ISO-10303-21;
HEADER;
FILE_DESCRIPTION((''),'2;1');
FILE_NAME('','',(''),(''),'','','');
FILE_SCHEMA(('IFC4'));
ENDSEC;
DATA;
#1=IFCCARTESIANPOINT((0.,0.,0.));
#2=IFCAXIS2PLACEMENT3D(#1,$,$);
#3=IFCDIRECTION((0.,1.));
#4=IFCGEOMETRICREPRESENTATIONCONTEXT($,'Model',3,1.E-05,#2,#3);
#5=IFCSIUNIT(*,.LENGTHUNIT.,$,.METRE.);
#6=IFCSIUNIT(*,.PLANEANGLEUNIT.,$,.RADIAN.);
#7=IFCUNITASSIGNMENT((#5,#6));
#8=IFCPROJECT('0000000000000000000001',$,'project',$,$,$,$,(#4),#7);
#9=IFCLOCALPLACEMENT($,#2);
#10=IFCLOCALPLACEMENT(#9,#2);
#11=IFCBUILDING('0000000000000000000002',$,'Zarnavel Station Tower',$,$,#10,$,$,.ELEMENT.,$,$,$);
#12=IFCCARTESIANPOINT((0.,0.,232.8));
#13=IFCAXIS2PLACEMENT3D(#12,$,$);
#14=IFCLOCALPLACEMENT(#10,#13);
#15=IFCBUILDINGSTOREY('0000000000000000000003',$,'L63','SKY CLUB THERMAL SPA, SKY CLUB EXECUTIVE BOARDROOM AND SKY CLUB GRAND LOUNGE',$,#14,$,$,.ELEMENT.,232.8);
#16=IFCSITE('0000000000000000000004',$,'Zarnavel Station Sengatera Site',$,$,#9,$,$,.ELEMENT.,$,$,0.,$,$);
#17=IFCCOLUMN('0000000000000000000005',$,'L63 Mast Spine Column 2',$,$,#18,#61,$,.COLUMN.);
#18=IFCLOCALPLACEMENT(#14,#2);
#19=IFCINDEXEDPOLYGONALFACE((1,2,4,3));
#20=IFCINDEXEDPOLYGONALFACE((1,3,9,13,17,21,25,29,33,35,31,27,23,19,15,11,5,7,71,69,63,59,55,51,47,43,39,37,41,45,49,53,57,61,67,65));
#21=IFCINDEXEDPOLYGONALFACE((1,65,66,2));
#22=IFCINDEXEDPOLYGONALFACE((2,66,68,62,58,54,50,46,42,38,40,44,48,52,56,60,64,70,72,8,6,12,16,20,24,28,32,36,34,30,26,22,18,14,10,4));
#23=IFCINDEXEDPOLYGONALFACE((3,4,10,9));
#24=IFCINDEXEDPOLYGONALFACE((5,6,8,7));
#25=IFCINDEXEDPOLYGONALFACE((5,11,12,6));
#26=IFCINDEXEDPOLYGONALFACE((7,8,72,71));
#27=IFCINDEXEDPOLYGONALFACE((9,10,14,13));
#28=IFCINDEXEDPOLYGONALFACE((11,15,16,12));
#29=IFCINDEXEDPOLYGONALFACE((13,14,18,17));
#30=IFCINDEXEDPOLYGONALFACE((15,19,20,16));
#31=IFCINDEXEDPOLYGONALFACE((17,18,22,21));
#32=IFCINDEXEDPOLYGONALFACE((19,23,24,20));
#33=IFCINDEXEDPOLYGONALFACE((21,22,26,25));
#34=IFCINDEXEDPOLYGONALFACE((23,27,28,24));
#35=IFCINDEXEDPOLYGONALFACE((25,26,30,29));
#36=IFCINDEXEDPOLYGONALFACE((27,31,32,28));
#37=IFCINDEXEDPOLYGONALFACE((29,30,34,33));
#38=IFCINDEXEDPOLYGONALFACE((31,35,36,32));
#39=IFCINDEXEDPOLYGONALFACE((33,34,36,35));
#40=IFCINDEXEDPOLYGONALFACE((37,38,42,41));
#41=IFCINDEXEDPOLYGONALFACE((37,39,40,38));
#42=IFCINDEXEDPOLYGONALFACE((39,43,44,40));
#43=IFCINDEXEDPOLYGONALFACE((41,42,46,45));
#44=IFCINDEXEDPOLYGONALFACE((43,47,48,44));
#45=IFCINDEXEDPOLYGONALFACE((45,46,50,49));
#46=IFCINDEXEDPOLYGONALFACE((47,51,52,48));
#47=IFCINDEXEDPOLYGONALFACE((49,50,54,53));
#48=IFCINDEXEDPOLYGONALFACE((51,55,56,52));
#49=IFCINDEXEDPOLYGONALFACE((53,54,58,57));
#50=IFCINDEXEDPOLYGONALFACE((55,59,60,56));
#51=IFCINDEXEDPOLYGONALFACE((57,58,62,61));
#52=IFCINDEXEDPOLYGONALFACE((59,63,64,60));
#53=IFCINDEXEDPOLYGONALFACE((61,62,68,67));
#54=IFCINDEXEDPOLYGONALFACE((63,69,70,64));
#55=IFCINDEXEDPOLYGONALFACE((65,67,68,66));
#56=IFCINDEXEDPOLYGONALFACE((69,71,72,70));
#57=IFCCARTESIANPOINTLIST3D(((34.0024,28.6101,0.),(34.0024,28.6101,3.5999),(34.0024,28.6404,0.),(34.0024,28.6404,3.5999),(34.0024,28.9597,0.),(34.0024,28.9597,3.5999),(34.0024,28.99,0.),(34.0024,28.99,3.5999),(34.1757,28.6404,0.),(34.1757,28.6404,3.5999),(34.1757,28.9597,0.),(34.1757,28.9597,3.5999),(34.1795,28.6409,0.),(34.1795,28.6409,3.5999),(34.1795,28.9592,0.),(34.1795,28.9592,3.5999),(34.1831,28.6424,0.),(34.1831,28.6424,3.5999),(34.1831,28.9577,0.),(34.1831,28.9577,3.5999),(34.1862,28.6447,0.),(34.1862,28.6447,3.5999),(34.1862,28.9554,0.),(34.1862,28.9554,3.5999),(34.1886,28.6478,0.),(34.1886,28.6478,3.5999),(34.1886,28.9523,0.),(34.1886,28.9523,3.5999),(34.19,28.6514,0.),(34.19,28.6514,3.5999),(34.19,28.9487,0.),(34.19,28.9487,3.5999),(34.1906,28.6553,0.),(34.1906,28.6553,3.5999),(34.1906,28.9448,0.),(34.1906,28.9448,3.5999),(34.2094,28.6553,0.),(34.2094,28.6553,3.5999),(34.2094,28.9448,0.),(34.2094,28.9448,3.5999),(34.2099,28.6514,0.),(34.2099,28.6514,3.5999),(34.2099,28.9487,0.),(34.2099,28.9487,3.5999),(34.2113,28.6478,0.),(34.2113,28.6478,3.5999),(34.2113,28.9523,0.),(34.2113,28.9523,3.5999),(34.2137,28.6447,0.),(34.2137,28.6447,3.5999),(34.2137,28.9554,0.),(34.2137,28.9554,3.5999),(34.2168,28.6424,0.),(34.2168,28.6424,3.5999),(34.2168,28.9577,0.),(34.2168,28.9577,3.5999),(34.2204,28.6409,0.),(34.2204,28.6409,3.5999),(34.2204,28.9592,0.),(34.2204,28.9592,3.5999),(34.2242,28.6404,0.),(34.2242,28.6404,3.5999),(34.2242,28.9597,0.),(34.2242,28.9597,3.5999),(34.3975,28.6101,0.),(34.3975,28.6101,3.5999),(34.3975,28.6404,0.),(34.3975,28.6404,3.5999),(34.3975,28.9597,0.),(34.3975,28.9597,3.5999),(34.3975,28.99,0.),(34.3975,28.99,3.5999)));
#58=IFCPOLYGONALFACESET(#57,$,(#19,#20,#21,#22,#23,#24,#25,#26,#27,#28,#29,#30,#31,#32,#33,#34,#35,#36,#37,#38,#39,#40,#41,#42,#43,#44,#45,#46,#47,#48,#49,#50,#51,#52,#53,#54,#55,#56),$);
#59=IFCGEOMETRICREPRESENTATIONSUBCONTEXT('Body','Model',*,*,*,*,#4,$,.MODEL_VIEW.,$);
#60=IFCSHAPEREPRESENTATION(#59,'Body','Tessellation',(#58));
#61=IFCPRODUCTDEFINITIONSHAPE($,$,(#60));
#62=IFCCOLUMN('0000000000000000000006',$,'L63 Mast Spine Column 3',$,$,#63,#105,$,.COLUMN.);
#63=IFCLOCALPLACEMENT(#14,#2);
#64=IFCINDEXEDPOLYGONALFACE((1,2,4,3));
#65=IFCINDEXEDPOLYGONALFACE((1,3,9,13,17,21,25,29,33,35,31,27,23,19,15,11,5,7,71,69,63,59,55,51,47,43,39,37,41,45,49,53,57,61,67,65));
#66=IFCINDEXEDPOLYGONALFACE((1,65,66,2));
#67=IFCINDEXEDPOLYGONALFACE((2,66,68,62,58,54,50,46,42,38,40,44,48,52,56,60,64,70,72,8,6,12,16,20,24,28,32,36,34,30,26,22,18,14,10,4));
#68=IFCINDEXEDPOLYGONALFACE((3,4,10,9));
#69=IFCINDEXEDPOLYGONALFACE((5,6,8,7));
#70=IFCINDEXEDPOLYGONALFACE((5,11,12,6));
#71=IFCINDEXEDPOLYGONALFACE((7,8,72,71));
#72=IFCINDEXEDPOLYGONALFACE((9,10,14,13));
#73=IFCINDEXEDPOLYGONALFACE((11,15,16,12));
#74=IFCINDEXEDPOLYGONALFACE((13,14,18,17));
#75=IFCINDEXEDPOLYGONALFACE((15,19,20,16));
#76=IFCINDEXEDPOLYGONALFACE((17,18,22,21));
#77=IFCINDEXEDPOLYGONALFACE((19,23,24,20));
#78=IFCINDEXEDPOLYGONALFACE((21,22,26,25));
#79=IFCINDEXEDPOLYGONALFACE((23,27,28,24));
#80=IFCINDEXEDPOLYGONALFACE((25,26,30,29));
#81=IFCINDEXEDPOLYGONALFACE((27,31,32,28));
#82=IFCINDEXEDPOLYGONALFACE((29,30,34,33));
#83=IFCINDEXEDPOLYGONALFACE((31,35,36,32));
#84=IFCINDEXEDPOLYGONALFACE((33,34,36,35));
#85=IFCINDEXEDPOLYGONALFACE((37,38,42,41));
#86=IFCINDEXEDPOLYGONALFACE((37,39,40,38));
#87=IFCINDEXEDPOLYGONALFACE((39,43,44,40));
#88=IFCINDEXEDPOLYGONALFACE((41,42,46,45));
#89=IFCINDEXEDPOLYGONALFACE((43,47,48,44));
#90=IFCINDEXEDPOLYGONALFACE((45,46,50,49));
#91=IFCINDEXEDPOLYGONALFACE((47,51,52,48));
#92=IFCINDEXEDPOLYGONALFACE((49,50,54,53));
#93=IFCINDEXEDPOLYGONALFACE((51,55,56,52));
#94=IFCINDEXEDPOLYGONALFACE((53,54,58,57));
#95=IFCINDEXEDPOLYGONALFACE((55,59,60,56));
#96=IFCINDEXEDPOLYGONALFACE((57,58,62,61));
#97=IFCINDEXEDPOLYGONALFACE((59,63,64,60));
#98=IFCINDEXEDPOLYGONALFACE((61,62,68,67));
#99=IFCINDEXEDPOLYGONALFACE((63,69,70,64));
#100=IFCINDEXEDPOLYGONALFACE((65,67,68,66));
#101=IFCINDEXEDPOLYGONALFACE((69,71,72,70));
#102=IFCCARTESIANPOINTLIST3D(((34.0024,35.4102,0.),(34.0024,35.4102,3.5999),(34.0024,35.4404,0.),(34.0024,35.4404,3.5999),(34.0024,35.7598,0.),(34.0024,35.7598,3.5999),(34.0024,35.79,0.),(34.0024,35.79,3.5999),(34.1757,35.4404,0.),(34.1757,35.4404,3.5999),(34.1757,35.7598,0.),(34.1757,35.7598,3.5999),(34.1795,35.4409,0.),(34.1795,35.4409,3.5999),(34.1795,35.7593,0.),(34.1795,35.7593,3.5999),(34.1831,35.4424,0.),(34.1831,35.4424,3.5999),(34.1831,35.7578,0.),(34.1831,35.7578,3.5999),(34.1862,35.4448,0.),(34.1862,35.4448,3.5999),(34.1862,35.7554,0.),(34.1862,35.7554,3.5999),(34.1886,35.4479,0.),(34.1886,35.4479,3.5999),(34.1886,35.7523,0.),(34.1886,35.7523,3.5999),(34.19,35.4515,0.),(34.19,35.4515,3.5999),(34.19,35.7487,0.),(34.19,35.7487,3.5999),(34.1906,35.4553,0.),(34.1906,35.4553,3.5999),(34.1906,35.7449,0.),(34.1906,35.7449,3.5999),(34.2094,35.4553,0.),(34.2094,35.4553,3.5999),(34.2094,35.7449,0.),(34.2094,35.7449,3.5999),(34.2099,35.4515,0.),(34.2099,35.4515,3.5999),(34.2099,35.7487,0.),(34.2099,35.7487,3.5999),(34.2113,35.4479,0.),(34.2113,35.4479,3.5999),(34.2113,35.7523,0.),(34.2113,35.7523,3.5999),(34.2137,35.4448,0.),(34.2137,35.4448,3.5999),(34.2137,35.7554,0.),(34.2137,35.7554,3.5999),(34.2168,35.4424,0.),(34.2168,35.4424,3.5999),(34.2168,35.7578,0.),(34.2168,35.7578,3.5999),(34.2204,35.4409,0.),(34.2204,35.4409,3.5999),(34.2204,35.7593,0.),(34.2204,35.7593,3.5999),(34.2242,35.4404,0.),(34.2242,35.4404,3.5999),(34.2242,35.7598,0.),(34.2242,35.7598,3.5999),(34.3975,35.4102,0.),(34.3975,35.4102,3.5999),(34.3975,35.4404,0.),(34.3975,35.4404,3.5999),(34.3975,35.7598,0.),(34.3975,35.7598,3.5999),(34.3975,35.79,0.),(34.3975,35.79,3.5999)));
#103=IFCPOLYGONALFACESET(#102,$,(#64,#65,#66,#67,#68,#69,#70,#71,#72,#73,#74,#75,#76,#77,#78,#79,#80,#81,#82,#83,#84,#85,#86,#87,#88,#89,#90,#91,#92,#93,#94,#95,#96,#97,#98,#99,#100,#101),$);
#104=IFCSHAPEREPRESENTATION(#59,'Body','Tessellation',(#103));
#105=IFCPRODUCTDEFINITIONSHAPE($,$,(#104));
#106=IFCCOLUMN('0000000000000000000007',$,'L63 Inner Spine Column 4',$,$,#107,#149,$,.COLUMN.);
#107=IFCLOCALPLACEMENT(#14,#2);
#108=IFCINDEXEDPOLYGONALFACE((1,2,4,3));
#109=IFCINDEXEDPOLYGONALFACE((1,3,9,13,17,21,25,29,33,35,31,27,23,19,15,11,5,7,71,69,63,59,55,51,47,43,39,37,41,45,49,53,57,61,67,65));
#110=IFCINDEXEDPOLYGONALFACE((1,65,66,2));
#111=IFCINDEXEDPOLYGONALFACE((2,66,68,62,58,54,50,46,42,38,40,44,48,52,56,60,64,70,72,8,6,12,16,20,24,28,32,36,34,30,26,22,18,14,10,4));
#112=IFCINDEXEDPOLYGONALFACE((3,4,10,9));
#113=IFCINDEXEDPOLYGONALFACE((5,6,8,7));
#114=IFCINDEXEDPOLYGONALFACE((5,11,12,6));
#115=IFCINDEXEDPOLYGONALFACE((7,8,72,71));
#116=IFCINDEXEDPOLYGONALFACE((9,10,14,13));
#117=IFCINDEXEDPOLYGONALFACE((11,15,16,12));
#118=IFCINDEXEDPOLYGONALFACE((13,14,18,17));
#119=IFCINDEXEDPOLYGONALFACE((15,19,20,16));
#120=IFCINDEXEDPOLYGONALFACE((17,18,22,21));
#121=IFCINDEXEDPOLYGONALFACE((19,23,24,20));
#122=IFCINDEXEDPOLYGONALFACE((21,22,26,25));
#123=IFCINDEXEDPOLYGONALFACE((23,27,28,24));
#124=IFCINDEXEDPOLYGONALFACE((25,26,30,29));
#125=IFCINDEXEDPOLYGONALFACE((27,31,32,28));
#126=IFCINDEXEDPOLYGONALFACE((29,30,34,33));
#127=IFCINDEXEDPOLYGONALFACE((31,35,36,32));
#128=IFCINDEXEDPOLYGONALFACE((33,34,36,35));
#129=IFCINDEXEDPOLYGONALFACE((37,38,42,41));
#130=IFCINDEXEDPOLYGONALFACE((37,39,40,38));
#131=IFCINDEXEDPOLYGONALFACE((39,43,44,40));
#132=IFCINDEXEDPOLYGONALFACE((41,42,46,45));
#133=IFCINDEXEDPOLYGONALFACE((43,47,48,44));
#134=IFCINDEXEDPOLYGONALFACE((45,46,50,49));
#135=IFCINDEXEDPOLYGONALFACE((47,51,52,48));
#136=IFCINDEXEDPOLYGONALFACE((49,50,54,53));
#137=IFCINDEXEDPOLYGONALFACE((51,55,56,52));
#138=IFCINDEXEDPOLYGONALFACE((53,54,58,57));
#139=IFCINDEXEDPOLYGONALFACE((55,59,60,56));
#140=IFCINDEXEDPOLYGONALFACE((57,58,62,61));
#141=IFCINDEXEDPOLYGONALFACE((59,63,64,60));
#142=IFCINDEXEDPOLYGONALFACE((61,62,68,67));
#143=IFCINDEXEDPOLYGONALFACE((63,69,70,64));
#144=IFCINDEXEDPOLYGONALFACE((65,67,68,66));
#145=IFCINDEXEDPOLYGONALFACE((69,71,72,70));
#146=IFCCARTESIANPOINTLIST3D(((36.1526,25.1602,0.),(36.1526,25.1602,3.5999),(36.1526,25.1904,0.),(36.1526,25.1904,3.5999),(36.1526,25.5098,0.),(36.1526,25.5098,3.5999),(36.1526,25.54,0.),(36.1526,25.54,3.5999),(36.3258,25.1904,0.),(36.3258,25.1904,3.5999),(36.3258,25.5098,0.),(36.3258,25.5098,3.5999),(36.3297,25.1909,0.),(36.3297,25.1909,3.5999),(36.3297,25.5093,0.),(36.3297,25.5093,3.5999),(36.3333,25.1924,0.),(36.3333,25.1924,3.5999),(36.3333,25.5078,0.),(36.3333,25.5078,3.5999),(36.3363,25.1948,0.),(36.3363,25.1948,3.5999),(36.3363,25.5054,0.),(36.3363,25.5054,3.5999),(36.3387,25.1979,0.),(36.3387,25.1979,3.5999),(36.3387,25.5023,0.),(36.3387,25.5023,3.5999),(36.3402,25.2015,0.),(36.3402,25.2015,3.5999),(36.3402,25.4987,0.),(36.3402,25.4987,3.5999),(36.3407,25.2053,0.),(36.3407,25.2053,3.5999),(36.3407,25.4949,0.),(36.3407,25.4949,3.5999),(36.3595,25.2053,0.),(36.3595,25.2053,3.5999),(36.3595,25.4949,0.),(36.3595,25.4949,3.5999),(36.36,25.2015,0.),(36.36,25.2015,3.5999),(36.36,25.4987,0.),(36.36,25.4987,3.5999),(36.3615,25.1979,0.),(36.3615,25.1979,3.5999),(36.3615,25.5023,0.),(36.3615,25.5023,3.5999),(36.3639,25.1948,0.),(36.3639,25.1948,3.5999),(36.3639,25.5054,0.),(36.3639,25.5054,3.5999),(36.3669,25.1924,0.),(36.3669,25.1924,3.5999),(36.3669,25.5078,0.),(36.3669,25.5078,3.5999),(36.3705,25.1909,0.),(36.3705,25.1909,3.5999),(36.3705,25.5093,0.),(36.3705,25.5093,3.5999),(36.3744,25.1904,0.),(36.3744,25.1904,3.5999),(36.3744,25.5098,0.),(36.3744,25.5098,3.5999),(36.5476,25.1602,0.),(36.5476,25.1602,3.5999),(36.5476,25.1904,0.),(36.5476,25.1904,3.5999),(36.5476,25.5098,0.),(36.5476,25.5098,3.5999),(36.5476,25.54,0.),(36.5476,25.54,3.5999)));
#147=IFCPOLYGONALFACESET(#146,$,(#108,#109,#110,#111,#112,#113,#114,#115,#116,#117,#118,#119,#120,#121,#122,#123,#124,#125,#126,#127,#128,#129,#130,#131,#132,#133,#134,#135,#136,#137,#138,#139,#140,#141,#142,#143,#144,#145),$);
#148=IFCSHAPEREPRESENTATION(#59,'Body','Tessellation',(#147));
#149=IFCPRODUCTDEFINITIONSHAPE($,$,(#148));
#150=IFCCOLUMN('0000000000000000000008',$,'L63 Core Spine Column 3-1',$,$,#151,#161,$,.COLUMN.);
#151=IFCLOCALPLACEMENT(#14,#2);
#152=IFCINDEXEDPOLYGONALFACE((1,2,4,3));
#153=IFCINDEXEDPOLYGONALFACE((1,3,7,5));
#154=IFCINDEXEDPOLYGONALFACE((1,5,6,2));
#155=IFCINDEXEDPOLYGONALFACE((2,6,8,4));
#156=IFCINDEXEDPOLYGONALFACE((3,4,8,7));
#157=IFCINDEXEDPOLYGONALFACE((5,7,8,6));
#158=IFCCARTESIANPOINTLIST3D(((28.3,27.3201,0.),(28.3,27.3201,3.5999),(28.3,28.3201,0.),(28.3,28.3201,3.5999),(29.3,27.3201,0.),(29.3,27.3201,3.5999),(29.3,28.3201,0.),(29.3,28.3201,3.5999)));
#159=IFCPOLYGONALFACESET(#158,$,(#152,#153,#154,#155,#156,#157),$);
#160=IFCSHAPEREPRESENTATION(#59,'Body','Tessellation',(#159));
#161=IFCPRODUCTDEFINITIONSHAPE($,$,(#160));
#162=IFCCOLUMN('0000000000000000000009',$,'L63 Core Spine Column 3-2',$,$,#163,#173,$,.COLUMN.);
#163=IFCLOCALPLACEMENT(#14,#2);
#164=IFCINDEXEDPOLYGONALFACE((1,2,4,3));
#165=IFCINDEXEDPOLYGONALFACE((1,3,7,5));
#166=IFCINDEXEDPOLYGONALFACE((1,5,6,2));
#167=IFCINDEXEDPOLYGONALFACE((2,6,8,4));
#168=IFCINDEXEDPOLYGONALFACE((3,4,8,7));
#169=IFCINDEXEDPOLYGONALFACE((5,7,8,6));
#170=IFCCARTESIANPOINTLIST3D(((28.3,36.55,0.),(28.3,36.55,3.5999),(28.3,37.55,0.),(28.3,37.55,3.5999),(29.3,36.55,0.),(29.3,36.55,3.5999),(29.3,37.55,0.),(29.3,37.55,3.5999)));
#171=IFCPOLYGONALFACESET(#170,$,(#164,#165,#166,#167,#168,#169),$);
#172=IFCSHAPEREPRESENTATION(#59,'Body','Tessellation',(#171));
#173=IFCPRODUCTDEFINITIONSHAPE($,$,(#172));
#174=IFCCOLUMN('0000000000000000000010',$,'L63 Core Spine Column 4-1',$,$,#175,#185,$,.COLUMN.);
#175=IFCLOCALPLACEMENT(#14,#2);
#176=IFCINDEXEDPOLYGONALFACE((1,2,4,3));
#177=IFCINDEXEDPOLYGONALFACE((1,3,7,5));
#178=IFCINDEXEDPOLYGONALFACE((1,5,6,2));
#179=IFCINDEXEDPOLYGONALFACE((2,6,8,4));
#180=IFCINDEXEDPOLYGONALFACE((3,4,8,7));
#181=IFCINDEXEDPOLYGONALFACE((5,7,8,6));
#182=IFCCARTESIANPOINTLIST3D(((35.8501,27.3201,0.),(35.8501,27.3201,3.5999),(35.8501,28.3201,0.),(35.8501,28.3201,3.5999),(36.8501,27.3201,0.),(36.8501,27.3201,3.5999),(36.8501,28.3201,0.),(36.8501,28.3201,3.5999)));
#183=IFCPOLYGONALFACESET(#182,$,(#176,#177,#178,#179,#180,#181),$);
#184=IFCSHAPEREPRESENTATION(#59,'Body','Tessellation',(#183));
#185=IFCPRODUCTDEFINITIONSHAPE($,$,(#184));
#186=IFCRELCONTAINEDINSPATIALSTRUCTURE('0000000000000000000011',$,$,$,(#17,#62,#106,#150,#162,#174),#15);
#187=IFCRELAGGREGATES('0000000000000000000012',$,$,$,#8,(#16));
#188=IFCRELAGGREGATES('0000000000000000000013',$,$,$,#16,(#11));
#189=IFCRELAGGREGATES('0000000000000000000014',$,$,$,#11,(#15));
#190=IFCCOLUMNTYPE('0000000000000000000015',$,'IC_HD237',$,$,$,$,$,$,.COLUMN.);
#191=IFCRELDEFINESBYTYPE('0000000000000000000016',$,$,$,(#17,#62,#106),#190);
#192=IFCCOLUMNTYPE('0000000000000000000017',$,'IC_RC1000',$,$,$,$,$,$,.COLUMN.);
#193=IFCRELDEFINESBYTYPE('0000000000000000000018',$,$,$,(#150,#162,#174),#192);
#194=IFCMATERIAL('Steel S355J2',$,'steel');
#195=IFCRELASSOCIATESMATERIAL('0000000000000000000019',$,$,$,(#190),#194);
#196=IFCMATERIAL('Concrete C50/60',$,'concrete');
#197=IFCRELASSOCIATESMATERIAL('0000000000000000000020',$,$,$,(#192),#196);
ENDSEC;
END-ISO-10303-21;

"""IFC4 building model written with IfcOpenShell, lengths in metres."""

from ifc_helpers import new_model, si_unit, direction, frame, origin, origin_2d, place, context, subcontext, project, spatial, rectangle, i_section, extrude, material, material_profile, profile_set, type_object, element, save


model = new_model("IFC4")

# Units and contexts
model_context = context("Model", 3, precision=1e-05, world=origin(), true_north=direction((0.0, 1.0)))
body_context = subcontext(model_context, "Body", "Model", "MODEL_VIEW")
ifc_project = project(units=[si_unit("LENGTHUNIT", "METRE"), si_unit("PLANEANGLEUNIT", "RADIAN")], contexts=[model_context])

# Site, building, storey
site_placement = place(None, origin())
site = spatial("IfcSite", under=ifc_project, at=site_placement, Name="Zarnavel Station Sengatera Site", CompositionType="ELEMENT", RefElevation=0.0)
building_placement = place(site_placement, origin())
building = spatial("IfcBuilding", under=site, at=building_placement, Name="Zarnavel Station Tower", CompositionType="ELEMENT")
storey_placement = place(building_placement, frame((0.0, 0.0, 232.8)))
storey = spatial("IfcBuildingStorey", under=building, at=storey_placement, Name="L63", Description="SKY CLUB THERMAL SPA, SKY CLUB EXECUTIVE BOARDROOM AND SKY CLUB GRAND LOUNGE", CompositionType="ELEMENT", Elevation=232.8)

# Columns
ifc_material_1 = material(Name="Steel S355J2", Category="steel")
ifc_material_profile_1 = material_profile(ifc_material_1, i_section(OverallWidth=0.395, OverallDepth=0.3799, WebThickness=0.0188, FlangeThickness=0.0303, FilletRadius=0.0149, at=origin_2d()), Name="HD400x237")
ifc_profile_set_1 = profile_set([ifc_material_profile_1], Name="Steel S355J2")
column_type_1 = type_object("IfcColumnType", Name="IC_HD237", PredefinedType="COLUMN", material=ifc_profile_set_1)
for number, where, z_axis, x_axis, name in (
    (1, (34.2, 28.8, 0.0), (0.0, 0.0, 1.0), (1.0, 0.0, 0.0), "L63 Mast Spine Column 2"),
    (2, (34.2, 35.6001, 0.0), (0.0, 0.0, 1.0), (1.0, 0.0, 0.0), "L63 Mast Spine Column 3"),
    (3, (36.3501, 25.3501, 0.0), (0.0, 0.0, 1.0), (1.0, 0.0, 0.0), "L63 Inner Spine Column 4"),
):
    element("IfcColumn", number, at=place(storey_placement, frame(where, z_axis=z_axis, x_axis=x_axis)), inside=storey, type_object=column_type_1, Name=name, PredefinedType="COLUMN", context=body_context, shape_type="SweptSolid", body=[
        extrude(i_section(OverallWidth=0.395, OverallDepth=0.3799, WebThickness=0.0188, FlangeThickness=0.0303, FilletRadius=0.0149, at=origin_2d()), origin(), (0.0, 0.0, 1.0), 3.5999),
    ])
ifc_material_2 = material(Name="Concrete C50/60", Category="concrete")
ifc_material_profile_2 = material_profile(ifc_material_2, rectangle(XDim=1.0, YDim=1.0, at=origin_2d()), Name="RC1000x1000")
ifc_profile_set_2 = profile_set([ifc_material_profile_2], Name="Concrete C50/60")
column_type_2 = type_object("IfcColumnType", Name="IC_RC1000", PredefinedType="COLUMN", material=ifc_profile_set_2)
for number, where, z_axis, x_axis, name in (
    (4, (28.8, 27.8201, 0.0), (0.0, 0.0, 1.0), (1.0, 0.0, 0.0), "L63 Core Spine Column 3-1"),
    (5, (28.8, 37.05, 0.0), (0.0, 0.0, 1.0), (1.0, 0.0, 0.0), "L63 Core Spine Column 3-2"),
    (6, (36.3501, 27.8201, 0.0), (0.0, 0.0, 1.0), (1.0, 0.0, 0.0), "L63 Core Spine Column 4-1"),
):
    element("IfcColumn", number, at=place(storey_placement, frame(where, z_axis=z_axis, x_axis=x_axis)), inside=storey, type_object=column_type_2, Name=name, PredefinedType="COLUMN", context=body_context, shape_type="SweptSolid", body=[
        extrude(rectangle(XDim=1.0, YDim=1.0, at=origin_2d()), origin(), (0.0, 0.0, 1.0), 3.5999),
    ])

save(model, "model.ifc")
